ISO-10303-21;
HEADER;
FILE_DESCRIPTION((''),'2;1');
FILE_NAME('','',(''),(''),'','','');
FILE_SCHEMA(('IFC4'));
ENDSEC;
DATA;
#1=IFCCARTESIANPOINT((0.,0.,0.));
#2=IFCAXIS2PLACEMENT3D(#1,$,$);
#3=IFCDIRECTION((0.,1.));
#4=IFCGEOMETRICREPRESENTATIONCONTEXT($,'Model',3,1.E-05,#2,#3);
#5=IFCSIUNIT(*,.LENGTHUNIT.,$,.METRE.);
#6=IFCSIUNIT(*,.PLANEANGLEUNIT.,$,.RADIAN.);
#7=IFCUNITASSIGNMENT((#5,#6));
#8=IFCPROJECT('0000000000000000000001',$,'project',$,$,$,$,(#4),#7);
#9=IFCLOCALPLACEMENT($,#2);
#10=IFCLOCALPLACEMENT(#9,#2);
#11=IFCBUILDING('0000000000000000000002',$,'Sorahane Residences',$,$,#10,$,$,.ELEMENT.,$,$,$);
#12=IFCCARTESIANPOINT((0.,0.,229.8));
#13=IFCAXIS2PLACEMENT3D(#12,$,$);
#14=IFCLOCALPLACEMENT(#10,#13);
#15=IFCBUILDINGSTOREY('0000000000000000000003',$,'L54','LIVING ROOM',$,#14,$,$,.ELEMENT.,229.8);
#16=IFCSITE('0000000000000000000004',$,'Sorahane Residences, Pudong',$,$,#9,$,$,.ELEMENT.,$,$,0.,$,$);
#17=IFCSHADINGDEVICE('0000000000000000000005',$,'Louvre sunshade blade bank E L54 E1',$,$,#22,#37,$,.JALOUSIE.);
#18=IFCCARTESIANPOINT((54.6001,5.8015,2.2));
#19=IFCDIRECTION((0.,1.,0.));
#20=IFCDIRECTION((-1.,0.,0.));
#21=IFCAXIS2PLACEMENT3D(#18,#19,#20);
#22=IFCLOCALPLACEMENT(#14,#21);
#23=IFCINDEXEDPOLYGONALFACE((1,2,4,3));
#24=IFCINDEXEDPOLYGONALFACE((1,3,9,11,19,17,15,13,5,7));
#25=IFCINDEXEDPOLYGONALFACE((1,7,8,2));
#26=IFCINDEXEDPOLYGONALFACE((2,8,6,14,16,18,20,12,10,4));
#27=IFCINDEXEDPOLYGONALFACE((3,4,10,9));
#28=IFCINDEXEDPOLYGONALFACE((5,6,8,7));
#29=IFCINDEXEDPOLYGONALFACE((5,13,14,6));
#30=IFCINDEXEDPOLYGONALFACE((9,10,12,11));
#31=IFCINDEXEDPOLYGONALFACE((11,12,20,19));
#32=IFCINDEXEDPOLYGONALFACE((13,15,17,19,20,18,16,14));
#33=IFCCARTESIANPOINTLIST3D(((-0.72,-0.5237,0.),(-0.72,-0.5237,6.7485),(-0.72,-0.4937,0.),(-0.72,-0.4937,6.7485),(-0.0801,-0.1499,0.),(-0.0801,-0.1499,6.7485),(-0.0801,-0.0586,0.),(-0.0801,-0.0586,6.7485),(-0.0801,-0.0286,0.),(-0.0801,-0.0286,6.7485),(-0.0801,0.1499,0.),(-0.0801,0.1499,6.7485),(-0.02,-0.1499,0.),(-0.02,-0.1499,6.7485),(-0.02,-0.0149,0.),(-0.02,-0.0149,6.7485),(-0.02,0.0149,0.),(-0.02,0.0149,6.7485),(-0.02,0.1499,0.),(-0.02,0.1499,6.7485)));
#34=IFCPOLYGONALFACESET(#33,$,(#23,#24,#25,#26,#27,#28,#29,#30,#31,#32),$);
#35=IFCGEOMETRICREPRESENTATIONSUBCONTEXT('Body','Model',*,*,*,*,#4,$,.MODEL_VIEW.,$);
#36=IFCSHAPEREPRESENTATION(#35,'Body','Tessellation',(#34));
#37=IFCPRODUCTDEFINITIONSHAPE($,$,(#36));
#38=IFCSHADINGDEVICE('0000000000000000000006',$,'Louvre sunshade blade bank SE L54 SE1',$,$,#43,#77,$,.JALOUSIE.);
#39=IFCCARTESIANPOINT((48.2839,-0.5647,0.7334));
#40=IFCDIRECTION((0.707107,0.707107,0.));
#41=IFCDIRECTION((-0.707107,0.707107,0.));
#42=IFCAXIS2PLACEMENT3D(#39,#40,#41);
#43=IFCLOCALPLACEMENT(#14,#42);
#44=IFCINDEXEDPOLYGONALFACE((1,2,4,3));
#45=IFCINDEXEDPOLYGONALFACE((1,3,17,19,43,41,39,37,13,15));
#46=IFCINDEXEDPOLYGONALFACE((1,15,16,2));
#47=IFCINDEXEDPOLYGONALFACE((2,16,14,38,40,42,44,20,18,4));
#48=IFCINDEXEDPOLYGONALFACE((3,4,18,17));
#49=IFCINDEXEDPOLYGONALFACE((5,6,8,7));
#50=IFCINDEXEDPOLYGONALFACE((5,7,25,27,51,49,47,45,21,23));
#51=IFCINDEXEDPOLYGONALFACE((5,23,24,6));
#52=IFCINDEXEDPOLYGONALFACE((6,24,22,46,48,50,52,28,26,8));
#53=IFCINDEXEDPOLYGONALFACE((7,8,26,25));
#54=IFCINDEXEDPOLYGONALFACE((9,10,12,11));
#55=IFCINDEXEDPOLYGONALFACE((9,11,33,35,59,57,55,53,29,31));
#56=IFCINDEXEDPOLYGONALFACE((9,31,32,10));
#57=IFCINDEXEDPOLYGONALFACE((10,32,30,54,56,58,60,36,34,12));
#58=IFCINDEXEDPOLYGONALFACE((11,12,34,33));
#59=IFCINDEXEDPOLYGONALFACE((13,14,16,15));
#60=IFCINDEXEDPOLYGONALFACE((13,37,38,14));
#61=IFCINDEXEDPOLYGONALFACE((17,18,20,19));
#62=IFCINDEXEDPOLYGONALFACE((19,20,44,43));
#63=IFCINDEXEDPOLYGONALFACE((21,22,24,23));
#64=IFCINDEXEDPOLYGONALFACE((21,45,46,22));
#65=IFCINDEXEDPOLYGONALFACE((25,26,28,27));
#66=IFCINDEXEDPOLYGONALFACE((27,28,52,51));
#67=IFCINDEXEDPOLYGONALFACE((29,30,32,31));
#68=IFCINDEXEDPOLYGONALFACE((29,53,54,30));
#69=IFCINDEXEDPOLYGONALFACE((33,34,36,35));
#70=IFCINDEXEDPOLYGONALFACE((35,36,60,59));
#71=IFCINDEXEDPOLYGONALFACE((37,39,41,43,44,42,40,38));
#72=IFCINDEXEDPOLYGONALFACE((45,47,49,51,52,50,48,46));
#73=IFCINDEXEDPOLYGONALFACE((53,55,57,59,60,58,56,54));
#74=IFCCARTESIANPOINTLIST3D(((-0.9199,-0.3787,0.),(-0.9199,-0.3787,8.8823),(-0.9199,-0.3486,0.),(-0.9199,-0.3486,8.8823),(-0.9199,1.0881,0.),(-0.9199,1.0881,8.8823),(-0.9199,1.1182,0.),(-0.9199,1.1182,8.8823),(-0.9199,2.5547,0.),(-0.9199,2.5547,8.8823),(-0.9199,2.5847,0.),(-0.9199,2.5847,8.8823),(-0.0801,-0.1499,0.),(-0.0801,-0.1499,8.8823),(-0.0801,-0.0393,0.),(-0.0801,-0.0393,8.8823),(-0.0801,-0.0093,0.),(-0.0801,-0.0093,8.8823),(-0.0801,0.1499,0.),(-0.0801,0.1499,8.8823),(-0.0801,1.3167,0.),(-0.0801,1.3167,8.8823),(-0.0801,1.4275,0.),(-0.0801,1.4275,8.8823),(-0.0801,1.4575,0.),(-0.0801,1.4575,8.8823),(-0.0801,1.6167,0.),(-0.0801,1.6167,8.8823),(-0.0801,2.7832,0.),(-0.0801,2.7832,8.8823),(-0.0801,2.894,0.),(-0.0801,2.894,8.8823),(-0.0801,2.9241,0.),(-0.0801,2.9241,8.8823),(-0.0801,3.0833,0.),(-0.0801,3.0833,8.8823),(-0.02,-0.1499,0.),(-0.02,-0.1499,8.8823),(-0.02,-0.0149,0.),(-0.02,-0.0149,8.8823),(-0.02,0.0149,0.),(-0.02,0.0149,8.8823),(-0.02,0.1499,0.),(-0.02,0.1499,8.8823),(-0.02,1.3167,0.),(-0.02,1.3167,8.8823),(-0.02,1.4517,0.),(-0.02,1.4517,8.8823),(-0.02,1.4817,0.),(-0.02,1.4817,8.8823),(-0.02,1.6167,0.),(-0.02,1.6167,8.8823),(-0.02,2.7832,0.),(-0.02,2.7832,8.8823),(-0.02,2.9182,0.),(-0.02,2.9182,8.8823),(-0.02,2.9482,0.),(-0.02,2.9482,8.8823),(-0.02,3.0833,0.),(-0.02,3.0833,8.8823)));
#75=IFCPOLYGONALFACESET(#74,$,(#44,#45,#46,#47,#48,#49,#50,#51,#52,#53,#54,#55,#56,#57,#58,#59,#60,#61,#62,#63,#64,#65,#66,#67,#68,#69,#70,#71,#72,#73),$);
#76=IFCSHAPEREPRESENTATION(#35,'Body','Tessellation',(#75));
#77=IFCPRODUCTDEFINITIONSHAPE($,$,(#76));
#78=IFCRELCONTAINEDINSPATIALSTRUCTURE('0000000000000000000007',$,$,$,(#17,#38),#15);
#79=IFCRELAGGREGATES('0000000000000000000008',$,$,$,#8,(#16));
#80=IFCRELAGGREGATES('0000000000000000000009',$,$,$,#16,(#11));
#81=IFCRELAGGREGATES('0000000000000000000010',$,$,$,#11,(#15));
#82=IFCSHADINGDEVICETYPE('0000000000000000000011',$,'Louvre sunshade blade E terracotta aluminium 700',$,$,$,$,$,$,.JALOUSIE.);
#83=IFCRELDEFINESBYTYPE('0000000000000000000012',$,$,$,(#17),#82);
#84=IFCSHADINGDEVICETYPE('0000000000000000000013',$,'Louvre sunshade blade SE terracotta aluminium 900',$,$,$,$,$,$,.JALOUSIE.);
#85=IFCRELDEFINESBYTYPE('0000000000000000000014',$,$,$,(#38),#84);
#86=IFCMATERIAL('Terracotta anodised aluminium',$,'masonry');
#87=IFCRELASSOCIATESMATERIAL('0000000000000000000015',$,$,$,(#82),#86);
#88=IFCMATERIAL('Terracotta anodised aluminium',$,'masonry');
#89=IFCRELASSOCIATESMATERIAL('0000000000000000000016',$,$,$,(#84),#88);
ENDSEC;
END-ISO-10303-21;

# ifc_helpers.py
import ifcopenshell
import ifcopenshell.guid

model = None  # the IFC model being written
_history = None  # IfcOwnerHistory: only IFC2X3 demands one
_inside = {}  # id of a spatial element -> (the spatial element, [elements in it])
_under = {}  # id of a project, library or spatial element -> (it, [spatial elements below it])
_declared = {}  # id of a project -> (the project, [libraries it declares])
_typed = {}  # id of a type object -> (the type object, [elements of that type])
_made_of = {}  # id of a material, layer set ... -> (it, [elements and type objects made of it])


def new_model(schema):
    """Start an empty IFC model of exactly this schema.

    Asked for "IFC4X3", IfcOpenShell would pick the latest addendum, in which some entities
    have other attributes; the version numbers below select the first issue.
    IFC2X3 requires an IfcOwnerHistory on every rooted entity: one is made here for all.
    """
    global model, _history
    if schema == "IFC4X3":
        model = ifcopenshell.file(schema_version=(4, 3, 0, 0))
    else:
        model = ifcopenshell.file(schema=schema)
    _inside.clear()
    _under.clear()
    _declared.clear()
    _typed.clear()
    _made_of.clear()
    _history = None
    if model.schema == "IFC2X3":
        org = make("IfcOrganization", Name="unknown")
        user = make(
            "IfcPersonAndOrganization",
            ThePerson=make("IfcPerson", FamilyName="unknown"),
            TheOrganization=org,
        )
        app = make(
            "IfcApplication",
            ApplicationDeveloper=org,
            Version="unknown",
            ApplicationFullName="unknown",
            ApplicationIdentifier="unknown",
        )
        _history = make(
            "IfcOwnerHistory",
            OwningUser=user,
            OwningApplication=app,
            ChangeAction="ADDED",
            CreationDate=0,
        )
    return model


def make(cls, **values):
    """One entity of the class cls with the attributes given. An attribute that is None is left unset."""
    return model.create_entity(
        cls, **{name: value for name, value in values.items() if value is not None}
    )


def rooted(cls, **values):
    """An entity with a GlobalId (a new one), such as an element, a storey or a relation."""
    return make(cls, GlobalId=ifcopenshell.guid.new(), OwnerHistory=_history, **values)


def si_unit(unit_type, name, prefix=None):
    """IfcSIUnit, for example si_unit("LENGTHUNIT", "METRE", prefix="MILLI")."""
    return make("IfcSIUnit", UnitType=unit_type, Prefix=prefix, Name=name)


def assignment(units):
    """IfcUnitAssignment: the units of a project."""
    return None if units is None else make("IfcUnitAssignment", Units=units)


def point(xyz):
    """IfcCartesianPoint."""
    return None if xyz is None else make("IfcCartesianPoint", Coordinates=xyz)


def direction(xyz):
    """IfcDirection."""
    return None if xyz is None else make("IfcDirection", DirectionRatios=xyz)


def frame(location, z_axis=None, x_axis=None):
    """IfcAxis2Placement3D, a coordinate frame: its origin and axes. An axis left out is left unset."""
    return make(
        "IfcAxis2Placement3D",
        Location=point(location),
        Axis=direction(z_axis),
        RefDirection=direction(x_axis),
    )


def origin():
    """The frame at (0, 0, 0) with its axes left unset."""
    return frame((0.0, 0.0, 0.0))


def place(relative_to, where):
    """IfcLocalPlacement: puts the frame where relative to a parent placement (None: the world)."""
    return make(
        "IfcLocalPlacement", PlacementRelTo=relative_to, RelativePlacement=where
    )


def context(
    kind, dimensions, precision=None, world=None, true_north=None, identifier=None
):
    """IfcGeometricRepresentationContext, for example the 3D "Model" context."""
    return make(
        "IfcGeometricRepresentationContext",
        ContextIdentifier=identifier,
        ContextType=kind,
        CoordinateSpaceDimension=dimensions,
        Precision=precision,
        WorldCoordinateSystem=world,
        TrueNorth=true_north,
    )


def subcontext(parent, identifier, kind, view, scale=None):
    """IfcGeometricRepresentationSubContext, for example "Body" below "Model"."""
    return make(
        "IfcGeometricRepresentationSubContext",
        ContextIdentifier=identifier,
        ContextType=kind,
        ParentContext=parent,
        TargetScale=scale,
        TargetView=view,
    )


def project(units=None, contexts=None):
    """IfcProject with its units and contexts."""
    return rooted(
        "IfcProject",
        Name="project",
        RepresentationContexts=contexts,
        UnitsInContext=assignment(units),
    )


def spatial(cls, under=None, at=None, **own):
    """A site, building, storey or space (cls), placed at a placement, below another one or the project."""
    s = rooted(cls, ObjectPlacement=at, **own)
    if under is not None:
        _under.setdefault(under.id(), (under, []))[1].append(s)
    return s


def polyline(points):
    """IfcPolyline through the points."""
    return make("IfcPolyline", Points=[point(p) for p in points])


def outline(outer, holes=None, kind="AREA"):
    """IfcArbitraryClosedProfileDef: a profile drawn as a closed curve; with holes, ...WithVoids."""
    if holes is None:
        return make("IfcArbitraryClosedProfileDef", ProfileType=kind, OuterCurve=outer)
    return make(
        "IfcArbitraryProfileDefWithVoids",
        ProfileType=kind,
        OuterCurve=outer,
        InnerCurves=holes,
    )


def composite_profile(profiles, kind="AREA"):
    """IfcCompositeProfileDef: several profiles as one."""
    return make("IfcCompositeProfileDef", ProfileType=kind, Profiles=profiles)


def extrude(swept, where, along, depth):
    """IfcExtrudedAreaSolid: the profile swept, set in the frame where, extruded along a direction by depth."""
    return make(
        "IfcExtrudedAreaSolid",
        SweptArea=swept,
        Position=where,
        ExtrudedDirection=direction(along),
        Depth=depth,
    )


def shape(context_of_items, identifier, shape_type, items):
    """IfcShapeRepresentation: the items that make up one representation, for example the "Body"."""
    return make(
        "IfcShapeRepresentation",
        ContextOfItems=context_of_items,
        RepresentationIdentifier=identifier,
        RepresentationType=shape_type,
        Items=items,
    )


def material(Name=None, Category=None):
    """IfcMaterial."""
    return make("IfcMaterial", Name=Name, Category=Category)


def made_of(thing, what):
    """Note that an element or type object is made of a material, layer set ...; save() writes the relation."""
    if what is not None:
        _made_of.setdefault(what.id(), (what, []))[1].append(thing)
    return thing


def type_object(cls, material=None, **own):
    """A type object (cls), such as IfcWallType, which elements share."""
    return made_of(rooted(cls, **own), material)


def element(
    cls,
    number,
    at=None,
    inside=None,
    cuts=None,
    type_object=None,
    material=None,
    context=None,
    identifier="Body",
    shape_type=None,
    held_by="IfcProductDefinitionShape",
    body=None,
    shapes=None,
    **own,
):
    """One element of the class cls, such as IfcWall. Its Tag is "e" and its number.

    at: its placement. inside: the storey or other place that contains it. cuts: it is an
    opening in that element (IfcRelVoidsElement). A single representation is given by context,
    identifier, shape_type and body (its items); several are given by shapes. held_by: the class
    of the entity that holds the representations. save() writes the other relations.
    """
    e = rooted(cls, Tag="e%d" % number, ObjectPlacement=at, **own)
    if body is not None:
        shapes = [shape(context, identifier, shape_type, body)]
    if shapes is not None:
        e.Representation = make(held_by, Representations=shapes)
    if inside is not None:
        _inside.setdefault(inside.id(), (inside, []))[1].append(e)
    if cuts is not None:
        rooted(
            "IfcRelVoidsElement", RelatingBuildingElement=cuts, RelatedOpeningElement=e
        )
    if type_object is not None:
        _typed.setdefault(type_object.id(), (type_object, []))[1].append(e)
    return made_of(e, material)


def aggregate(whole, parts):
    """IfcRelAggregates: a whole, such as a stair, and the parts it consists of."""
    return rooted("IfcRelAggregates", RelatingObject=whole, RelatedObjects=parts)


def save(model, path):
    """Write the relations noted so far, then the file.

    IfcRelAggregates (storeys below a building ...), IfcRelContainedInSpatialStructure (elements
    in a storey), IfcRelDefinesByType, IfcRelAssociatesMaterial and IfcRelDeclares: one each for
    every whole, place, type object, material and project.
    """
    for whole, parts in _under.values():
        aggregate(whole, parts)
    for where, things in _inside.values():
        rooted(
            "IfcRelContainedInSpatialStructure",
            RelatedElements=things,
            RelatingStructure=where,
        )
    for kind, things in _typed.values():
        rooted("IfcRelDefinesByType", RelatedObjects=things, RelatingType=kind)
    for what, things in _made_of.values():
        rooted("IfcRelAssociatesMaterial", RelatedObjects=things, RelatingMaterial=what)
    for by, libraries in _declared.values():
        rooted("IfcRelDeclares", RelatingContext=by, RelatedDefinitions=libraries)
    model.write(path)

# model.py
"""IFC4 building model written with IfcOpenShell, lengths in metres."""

from ifc_helpers import new_model, si_unit, direction, frame, origin, place, context, subcontext, project, spatial, polyline, outline, composite_profile, extrude, material, type_object, element, save


model = new_model("IFC4")

# Units and contexts
model_context = context("Model", 3, precision=1e-05, world=origin(), true_north=direction((0.0, 1.0)))
body_context = subcontext(model_context, "Body", "Model", "MODEL_VIEW")
ifc_project = project(units=[si_unit("LENGTHUNIT", "METRE"), si_unit("PLANEANGLEUNIT", "RADIAN")], contexts=[model_context])

# Site, building, storey
site_placement = place(None, origin())
site = spatial("IfcSite", under=ifc_project, at=site_placement, Name="Sorahane Residences, Pudong", CompositionType="ELEMENT", RefElevation=0.0)
building_placement = place(site_placement, origin())
building = spatial("IfcBuilding", under=site, at=building_placement, Name="Sorahane Residences", CompositionType="ELEMENT")
storey_placement = place(building_placement, frame((0.0, 0.0, 229.8)))
storey = spatial("IfcBuildingStorey", under=building, at=storey_placement, Name="L54", Description="LIVING ROOM", CompositionType="ELEMENT", Elevation=229.8)

# Shading devices
ifc_material_1 = material(Name="Terracotta anodised aluminium", Category="masonry")
shading_device_type_1 = type_object("IfcShadingDeviceType", Name="Louvre sunshade blade E terracotta aluminium 700", PredefinedType="JALOUSIE", material=ifc_material_1)
shading_device_1_placement = place(storey_placement, frame((54.6001, 5.8015, 2.2), z_axis=(0.0, 1.0, 0.0), x_axis=(-1.0, 0.0, 0.0)))
element("IfcShadingDevice", 1, at=shading_device_1_placement, inside=storey, type_object=shading_device_type_1, Name="Louvre sunshade blade bank E L54 E1", PredefinedType="JALOUSIE", context=body_context, shape_type="SweptSolid", body=[
    extrude(outline(polyline([(-0.72, -0.4937), (-0.72, -0.5237), (-0.0801, -0.0586), (-0.0801, -0.1499), (-0.02, -0.1499), (-0.02, -0.0149), (-0.02, 0.0149), (-0.02, 0.1499), (-0.0801, 0.1499), (-0.0801, -0.0286), (-0.72, -0.4937)])), origin(), (0.0, 0.0, 1.0), 6.7485),
])
ifc_material_2 = material(Name="Terracotta anodised aluminium", Category="masonry")
shading_device_type_2 = type_object("IfcShadingDeviceType", Name="Louvre sunshade blade SE terracotta aluminium 900", PredefinedType="JALOUSIE", material=ifc_material_2)
shading_device_2_placement = place(storey_placement, frame((48.2839, -0.5647, 0.7334), z_axis=(0.707107, 0.707107, 0.0), x_axis=(-0.707107, 0.707107, 0.0)))
element("IfcShadingDevice", 2, at=shading_device_2_placement, inside=storey, type_object=shading_device_type_2, Name="Louvre sunshade blade bank SE L54 SE1", PredefinedType="JALOUSIE", context=body_context, shape_type="SweptSolid", body=[
    extrude(composite_profile([outline(polyline([(-0.9199, -0.3486), (-0.9199, -0.3787), (-0.0801, -0.0393), (-0.0801, -0.1499), (-0.02, -0.1499), (-0.02, -0.0149), (-0.02, 0.0149), (-0.02, 0.1499), (-0.0801, 0.1499), (-0.0801, -0.0093), (-0.9199, -0.3486)])), outline(polyline([(-0.9199, 1.1182), (-0.9199, 1.0881), (-0.0801, 1.4275), (-0.0801, 1.3167), (-0.02, 1.3167), (-0.02, 1.4517), (-0.02, 1.4817), (-0.02, 1.6167), (-0.0801, 1.6167), (-0.0801, 1.4575), (-0.9199, 1.1182)])), outline(polyline([(-0.9199, 2.5847), (-0.9199, 2.5547), (-0.0801, 2.894), (-0.0801, 2.7832), (-0.02, 2.7832), (-0.02, 2.9182), (-0.02, 2.9482), (-0.02, 3.0833), (-0.0801, 3.0833), (-0.0801, 2.9241), (-0.9199, 2.5847)]))]), origin(), (0.0, 0.0, 1.0), 8.8823),
])

save(model, "model.ifc")
